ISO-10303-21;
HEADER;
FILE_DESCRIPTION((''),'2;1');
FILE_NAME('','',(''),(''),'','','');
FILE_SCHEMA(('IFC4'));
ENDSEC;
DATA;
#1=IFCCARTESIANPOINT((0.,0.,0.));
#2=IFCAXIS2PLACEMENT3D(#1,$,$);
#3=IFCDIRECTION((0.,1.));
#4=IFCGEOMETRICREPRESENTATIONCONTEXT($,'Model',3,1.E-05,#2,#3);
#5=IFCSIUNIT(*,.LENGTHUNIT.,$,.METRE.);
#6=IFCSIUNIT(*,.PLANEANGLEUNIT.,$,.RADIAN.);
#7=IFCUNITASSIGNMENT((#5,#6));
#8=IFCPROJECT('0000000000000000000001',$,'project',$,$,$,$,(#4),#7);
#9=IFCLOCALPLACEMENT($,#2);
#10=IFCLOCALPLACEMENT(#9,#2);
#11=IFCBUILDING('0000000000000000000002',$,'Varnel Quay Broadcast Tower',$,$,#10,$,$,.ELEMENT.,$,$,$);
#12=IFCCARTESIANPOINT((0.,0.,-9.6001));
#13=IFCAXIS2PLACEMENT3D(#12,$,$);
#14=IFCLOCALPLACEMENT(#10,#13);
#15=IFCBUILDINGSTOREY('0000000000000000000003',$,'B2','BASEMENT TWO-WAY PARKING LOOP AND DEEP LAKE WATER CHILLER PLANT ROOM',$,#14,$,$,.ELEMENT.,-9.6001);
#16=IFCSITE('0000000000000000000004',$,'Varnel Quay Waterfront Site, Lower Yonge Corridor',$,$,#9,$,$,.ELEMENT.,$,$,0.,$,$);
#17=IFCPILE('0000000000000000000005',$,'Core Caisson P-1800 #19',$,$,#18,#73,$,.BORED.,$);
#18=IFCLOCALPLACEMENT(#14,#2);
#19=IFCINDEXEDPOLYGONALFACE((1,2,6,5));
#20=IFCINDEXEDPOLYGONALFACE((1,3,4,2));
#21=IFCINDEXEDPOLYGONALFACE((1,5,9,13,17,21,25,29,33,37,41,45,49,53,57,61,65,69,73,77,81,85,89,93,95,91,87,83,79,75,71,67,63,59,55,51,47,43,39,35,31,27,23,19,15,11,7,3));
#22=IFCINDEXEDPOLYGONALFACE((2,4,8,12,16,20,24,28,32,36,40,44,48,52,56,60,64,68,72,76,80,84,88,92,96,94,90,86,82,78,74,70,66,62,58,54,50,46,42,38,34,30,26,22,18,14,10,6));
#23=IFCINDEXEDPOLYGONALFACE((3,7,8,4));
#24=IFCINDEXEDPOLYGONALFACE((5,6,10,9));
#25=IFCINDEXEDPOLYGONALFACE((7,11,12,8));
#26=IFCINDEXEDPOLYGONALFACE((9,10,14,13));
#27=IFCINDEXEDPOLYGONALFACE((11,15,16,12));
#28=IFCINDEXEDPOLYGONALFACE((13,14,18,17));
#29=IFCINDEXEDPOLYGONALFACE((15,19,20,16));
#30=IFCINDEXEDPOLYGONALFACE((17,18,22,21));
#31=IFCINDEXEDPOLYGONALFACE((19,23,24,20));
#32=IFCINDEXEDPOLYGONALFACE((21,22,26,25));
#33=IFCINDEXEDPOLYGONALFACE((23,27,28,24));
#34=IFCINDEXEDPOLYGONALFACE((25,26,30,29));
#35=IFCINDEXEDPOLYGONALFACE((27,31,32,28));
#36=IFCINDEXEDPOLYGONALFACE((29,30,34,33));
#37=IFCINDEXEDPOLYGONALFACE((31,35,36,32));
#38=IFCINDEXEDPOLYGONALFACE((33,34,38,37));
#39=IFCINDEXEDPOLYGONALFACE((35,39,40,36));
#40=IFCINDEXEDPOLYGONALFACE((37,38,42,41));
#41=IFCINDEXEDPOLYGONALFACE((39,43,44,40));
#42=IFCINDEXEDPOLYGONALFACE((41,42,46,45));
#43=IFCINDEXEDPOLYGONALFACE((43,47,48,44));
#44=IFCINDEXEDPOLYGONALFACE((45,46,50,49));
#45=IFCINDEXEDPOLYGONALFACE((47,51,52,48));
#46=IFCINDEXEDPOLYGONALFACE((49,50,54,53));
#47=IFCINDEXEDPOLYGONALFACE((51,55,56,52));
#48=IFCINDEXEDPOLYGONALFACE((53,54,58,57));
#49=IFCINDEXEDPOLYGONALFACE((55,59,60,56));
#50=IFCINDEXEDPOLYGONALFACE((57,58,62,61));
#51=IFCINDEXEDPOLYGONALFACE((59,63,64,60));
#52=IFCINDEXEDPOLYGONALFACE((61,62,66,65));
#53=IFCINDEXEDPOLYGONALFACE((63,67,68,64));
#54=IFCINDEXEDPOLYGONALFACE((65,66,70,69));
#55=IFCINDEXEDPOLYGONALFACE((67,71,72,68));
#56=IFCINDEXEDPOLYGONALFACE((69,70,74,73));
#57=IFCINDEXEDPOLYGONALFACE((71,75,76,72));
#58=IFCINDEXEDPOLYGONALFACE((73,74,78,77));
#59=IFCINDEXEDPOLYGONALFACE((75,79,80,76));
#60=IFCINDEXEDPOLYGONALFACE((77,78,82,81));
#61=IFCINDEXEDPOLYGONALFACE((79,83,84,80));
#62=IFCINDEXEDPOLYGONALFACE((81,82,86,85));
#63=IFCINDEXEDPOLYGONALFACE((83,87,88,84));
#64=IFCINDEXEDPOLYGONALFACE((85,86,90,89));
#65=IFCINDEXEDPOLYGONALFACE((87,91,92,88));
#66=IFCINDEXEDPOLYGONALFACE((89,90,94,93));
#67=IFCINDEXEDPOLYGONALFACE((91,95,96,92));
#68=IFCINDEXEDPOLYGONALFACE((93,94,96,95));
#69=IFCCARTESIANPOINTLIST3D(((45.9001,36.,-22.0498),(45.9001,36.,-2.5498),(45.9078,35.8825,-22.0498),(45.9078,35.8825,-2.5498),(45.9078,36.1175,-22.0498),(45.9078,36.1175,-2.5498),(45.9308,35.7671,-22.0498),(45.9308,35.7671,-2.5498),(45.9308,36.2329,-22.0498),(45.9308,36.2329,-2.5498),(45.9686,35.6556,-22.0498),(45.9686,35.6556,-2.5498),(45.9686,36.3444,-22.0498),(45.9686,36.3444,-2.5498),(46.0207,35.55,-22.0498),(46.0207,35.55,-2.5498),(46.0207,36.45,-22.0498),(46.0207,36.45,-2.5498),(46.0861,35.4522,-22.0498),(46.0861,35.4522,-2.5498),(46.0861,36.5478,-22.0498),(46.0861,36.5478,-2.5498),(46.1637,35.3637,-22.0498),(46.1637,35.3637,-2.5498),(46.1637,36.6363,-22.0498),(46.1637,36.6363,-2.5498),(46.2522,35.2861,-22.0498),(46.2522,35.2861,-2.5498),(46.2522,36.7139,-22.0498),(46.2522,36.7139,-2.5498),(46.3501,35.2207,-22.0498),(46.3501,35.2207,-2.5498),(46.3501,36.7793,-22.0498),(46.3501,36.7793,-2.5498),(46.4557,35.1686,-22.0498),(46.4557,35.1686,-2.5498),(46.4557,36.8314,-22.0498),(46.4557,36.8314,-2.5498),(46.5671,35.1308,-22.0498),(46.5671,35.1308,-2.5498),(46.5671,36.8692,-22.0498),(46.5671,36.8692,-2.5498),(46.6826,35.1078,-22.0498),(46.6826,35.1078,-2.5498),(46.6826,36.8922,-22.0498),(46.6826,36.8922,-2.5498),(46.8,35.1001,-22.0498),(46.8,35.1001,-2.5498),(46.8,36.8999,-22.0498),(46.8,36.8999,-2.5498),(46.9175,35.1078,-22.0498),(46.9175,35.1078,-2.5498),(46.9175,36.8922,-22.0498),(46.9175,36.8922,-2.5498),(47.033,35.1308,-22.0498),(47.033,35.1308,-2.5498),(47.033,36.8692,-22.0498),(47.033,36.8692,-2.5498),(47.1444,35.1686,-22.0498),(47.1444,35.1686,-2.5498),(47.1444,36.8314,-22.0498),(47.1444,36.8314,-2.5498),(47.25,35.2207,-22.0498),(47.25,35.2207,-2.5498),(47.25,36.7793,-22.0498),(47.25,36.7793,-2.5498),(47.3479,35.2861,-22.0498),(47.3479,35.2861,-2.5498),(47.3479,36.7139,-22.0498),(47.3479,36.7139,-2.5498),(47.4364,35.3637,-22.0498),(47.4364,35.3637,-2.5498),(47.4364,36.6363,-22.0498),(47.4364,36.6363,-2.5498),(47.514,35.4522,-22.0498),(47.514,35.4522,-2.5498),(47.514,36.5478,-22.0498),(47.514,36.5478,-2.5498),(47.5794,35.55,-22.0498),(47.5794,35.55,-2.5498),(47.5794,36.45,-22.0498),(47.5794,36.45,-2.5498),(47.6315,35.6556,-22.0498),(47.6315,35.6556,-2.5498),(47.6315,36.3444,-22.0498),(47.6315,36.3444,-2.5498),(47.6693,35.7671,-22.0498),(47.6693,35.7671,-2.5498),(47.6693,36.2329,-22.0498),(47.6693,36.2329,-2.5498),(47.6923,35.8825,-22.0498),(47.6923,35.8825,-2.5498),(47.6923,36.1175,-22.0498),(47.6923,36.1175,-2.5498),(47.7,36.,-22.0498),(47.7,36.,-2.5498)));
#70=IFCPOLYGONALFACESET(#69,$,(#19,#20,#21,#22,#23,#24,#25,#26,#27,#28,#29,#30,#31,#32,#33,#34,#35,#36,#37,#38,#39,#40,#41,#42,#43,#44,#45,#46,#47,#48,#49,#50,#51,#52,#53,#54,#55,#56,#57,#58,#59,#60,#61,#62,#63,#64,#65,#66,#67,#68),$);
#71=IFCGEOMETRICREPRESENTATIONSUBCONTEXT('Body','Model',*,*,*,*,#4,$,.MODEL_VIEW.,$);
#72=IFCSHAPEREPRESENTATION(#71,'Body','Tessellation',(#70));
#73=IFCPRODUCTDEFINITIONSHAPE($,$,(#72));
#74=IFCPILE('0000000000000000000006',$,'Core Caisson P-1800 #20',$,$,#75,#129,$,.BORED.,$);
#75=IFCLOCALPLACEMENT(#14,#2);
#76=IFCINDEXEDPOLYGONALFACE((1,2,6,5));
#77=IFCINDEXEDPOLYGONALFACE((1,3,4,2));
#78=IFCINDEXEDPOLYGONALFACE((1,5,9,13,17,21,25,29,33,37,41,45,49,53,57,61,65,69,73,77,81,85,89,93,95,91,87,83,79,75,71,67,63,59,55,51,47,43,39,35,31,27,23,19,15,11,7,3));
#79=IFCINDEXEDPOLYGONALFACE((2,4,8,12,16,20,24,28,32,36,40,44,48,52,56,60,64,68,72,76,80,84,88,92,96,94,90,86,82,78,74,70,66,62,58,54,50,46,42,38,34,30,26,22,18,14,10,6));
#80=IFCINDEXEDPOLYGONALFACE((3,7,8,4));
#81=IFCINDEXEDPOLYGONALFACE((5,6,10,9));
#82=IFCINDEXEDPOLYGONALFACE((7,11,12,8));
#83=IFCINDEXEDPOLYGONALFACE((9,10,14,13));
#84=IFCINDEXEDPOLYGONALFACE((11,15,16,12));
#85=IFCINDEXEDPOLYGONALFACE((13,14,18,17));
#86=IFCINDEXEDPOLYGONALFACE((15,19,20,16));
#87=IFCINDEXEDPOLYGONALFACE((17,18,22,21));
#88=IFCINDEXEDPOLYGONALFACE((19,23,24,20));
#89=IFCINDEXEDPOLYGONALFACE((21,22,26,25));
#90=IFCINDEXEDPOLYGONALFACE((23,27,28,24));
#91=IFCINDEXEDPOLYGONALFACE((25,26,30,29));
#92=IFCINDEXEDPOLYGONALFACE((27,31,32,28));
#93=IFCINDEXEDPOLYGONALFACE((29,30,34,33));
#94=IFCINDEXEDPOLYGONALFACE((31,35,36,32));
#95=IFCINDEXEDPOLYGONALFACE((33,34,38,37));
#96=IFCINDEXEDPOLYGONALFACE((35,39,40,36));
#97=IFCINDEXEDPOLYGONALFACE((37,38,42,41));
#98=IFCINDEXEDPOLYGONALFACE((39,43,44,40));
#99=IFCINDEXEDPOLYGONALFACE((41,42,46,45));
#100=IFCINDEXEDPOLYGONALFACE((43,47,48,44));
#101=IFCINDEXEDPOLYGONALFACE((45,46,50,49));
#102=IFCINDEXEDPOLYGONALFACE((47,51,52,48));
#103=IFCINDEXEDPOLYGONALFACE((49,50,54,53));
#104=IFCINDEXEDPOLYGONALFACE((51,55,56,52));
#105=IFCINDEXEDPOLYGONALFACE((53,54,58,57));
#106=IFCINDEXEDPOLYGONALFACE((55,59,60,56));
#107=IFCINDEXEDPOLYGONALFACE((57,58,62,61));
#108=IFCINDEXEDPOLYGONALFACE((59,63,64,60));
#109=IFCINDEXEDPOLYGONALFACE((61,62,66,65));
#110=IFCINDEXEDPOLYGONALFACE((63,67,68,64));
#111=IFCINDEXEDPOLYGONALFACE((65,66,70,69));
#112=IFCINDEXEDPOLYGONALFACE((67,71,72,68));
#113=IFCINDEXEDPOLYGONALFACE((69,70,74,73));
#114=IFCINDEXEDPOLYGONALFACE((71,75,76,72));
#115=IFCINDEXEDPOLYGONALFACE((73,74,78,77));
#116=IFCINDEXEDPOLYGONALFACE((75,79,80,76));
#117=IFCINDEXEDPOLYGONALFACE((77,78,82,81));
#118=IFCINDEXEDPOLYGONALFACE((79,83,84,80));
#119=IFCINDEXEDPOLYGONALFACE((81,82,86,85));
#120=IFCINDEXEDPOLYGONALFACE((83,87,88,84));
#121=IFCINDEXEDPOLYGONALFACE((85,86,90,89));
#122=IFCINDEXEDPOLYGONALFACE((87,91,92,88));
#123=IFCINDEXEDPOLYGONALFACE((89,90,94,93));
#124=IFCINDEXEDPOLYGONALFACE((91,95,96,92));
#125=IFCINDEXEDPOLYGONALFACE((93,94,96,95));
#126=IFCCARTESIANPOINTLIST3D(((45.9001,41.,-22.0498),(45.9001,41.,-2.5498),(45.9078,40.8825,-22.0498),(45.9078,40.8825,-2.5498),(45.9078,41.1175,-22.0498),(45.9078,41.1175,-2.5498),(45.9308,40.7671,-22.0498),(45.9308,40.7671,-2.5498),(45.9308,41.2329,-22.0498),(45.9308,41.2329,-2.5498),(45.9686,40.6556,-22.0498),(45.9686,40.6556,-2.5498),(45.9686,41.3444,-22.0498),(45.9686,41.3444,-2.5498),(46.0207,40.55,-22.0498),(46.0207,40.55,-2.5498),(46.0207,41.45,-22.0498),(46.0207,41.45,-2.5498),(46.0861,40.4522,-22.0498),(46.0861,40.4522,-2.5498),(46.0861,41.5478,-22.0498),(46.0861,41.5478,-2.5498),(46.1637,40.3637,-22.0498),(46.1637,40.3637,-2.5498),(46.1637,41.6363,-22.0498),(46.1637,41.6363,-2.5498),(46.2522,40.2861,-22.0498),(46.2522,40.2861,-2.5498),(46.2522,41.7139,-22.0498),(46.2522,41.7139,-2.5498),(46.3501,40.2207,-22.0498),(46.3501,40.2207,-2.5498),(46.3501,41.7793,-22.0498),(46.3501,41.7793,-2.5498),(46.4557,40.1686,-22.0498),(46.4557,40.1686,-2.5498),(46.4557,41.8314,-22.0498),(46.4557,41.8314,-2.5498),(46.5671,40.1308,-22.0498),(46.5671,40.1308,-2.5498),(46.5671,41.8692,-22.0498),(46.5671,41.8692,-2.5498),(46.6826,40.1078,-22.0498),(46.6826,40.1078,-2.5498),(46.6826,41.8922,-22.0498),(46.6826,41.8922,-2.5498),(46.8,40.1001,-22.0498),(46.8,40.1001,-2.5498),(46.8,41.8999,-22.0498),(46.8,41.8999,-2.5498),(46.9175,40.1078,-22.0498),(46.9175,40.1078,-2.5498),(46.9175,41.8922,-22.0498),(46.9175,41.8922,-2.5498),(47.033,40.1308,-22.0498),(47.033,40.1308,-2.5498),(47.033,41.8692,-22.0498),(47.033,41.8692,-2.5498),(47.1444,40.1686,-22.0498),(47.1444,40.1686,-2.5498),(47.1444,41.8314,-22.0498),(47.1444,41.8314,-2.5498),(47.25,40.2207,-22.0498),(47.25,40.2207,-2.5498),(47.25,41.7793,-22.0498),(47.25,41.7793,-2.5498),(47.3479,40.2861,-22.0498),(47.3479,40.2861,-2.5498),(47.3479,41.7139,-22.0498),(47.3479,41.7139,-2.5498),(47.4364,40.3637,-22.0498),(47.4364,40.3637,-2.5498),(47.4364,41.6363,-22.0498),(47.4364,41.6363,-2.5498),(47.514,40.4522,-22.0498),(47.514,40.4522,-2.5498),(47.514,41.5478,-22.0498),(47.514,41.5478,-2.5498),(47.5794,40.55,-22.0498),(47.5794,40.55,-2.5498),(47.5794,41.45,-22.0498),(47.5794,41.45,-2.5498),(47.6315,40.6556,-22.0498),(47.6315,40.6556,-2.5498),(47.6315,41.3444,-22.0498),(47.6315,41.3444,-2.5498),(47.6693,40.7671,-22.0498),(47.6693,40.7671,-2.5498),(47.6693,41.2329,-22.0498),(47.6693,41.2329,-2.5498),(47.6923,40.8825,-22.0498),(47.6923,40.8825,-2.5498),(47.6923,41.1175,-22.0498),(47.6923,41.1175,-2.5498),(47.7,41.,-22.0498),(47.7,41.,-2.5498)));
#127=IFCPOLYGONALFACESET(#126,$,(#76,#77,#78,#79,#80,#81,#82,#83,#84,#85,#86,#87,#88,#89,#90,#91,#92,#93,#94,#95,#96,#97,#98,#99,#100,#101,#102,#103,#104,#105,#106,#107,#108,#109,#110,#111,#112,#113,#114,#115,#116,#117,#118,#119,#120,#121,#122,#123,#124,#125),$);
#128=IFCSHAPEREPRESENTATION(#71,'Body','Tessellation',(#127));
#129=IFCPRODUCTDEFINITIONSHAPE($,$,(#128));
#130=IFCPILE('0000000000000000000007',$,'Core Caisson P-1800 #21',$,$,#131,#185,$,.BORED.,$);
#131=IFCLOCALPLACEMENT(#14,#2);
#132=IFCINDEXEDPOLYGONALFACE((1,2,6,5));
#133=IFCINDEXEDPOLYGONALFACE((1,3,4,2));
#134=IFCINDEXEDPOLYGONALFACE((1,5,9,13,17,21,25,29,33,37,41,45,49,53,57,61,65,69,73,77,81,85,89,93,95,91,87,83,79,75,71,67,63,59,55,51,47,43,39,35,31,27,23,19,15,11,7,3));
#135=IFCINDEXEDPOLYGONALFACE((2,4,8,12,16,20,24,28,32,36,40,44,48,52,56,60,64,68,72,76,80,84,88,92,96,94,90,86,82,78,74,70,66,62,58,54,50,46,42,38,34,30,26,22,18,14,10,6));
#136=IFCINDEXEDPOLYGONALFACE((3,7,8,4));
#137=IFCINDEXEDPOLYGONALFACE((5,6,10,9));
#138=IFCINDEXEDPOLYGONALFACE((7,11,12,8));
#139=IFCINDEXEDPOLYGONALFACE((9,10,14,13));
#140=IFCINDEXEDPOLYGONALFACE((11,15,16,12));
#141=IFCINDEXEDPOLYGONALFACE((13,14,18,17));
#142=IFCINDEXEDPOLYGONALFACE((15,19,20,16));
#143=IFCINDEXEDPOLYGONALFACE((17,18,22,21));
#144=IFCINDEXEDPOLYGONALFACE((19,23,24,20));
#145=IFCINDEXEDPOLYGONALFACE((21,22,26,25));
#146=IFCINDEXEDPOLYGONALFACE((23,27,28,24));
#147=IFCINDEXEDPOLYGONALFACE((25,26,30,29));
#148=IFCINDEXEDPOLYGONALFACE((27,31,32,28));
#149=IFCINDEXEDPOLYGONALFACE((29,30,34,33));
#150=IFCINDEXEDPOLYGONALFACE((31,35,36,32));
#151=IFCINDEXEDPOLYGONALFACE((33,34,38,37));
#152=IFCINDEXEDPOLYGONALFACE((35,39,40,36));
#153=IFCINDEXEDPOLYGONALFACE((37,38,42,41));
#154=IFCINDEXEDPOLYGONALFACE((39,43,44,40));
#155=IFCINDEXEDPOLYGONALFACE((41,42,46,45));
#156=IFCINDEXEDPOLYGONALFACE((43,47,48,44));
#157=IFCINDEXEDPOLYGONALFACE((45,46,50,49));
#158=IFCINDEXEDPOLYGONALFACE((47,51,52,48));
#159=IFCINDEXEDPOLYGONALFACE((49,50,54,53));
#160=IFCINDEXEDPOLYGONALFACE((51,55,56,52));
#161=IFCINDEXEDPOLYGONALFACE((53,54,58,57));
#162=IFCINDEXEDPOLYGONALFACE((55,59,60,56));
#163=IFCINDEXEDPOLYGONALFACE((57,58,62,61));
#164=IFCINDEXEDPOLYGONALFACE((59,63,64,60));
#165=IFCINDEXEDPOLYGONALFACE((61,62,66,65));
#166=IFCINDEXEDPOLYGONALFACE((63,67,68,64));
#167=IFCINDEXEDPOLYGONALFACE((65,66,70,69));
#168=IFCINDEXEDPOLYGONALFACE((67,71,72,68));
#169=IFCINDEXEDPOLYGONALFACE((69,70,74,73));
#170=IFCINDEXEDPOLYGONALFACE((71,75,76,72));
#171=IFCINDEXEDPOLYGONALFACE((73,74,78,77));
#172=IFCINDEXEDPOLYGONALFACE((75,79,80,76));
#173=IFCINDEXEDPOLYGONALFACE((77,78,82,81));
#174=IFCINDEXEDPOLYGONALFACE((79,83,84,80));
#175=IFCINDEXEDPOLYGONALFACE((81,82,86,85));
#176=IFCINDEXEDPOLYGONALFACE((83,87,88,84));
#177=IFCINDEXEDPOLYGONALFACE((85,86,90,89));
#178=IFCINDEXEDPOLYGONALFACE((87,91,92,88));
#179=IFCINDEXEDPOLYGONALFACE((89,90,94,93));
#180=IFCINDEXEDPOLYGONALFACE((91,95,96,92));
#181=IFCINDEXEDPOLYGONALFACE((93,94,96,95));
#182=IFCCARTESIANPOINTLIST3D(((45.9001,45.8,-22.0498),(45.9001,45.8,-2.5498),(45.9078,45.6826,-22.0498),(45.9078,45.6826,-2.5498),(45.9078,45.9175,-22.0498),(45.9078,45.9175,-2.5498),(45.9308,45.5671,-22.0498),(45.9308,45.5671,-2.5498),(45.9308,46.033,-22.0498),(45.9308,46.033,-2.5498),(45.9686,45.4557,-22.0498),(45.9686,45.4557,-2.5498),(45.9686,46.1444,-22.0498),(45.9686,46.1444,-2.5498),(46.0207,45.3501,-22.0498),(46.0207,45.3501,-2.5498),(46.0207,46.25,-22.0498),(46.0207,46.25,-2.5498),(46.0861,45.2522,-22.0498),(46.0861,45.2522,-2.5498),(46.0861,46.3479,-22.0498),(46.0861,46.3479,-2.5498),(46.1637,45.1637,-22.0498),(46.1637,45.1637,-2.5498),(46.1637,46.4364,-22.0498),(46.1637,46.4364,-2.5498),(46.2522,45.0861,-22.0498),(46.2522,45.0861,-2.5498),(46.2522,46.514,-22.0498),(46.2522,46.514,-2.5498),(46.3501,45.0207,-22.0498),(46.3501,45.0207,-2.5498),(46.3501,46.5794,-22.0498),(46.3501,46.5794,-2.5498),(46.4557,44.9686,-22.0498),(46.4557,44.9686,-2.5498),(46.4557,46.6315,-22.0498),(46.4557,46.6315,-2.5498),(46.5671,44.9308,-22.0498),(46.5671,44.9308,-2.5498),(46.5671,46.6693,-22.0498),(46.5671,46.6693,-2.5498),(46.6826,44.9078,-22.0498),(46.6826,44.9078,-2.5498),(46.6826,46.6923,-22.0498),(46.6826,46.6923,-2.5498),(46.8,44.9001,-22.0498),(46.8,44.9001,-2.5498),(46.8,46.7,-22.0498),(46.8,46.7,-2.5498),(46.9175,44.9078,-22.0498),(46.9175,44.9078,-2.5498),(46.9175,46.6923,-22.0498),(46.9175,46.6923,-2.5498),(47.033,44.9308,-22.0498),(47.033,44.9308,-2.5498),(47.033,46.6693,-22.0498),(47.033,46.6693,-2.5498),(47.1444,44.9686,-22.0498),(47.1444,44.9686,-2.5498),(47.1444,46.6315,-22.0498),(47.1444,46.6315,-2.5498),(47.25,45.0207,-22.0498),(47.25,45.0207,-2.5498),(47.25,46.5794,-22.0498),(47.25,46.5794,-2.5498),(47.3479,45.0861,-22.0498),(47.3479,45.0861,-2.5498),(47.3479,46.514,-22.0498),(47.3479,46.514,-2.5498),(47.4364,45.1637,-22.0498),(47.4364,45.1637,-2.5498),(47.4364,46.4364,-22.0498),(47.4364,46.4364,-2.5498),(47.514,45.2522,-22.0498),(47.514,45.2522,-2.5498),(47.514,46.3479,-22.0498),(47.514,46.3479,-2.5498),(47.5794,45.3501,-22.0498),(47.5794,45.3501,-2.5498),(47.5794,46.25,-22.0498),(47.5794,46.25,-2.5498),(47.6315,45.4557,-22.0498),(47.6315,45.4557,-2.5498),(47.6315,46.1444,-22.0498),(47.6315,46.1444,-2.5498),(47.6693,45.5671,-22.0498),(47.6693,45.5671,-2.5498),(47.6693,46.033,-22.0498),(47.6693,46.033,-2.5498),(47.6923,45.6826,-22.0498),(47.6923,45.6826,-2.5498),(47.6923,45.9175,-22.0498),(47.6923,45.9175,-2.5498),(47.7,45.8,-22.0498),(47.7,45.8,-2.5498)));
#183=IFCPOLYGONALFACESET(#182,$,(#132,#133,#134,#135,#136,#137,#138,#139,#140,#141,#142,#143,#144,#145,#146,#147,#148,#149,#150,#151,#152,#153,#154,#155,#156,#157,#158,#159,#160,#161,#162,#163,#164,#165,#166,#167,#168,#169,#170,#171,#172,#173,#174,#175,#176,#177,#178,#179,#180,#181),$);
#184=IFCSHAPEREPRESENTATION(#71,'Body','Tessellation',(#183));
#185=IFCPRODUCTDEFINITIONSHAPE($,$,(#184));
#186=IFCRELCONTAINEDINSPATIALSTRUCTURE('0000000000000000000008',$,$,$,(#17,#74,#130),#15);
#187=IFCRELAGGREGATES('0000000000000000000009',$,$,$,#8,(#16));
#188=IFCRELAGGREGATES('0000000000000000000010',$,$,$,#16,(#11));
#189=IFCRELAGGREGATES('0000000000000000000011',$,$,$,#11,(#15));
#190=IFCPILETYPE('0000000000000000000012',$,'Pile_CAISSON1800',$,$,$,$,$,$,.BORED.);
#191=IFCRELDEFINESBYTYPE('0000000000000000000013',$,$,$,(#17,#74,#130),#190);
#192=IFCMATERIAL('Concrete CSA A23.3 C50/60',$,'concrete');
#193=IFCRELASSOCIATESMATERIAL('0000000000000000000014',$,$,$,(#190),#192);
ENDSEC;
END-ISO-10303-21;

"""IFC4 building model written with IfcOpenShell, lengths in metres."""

from ifc_helpers import new_model, si_unit, direction, frame, origin, origin_2d, place, context, subcontext, project, spatial, circle, extrude, source, transform, mapped, material, material_profile, profile_set, type_object, type_shapes, element, save


model = new_model("IFC4")

# Units and contexts
model_context = context("Model", 3, precision=1e-05, world=origin(), true_north=direction((0.0, 1.0)))
body_context = subcontext(model_context, "Body", "Model", "MODEL_VIEW")
ifc_project = project(units=[si_unit("LENGTHUNIT", "METRE"), si_unit("PLANEANGLEUNIT", "RADIAN")], contexts=[model_context])

# Site, building, storey
site_placement = place(None, origin())
site = spatial("IfcSite", under=ifc_project, at=site_placement, Name="Varnel Quay Waterfront Site, Lower Yonge Corridor", CompositionType="ELEMENT", RefElevation=0.0)
building_placement = place(site_placement, origin())
building = spatial("IfcBuilding", under=site, at=building_placement, Name="Varnel Quay Broadcast Tower", CompositionType="ELEMENT")
storey_placement = place(building_placement, frame((0.0, 0.0, -9.6001)))
storey = spatial("IfcBuildingStorey", under=building, at=storey_placement, Name="B2", Description="BASEMENT TWO-WAY PARKING LOOP AND DEEP LAKE WATER CHILLER PLANT ROOM", CompositionType="ELEMENT", Elevation=-9.6001)

# Piles
ifc_material_1 = material(Name="Concrete CSA A23.3 C50/60", Category="concrete")
ifc_material_profile_1 = material_profile(ifc_material_1, circle(Radius=0.8999, at=origin_2d()), Name="CAISSON1800")
ifc_profile_set_1 = profile_set([ifc_material_profile_1], Name="Concrete CSA A23.3 C50/60")
pile_type = type_object("IfcPileType", Name="Pile_CAISSON1800", PredefinedType="BORED", material=ifc_profile_set_1)
shared_shape_1 = source(origin(), body_context, "Body", "SweptSolid", [
    extrude(circle(Radius=0.8999, at=origin_2d()), origin(), (0.0, 0.0, 1.0), 19.5),
])
type_shapes(pile_type, [shared_shape_1])
for number, where, z_axis, x_axis, name in (
    (1, (46.8, 36.0, -2.5498), (0.0, 0.0, -1.0), (1.0, 0.0, 0.0), "Core Caisson P-1800 #19"),
    (2, (46.8, 41.0, -2.5498), (0.0, 0.0, -1.0), (1.0, 0.0, 0.0), "Core Caisson P-1800 #20"),
    (3, (46.8, 45.8, -2.5498), (0.0, 0.0, -1.0), (1.0, 0.0, 0.0), "Core Caisson P-1800 #21"),
):
    element("IfcPile", number, at=place(storey_placement, frame(where, z_axis=z_axis, x_axis=x_axis)), inside=storey, type_object=pile_type, Name=name, PredefinedType="BORED", context=body_context, shape_type="MappedRepresentation", body=[
        mapped(shared_shape_1, transform((0.0, 0.0, 0.0), x_axis=(1.0, 0.0, 0.0), y_axis=(0.0, 1.0, 0.0), z_axis=(0.0, 0.0, 1.0), scale=1.0)),
    ])

save(model, "model.ifc")
